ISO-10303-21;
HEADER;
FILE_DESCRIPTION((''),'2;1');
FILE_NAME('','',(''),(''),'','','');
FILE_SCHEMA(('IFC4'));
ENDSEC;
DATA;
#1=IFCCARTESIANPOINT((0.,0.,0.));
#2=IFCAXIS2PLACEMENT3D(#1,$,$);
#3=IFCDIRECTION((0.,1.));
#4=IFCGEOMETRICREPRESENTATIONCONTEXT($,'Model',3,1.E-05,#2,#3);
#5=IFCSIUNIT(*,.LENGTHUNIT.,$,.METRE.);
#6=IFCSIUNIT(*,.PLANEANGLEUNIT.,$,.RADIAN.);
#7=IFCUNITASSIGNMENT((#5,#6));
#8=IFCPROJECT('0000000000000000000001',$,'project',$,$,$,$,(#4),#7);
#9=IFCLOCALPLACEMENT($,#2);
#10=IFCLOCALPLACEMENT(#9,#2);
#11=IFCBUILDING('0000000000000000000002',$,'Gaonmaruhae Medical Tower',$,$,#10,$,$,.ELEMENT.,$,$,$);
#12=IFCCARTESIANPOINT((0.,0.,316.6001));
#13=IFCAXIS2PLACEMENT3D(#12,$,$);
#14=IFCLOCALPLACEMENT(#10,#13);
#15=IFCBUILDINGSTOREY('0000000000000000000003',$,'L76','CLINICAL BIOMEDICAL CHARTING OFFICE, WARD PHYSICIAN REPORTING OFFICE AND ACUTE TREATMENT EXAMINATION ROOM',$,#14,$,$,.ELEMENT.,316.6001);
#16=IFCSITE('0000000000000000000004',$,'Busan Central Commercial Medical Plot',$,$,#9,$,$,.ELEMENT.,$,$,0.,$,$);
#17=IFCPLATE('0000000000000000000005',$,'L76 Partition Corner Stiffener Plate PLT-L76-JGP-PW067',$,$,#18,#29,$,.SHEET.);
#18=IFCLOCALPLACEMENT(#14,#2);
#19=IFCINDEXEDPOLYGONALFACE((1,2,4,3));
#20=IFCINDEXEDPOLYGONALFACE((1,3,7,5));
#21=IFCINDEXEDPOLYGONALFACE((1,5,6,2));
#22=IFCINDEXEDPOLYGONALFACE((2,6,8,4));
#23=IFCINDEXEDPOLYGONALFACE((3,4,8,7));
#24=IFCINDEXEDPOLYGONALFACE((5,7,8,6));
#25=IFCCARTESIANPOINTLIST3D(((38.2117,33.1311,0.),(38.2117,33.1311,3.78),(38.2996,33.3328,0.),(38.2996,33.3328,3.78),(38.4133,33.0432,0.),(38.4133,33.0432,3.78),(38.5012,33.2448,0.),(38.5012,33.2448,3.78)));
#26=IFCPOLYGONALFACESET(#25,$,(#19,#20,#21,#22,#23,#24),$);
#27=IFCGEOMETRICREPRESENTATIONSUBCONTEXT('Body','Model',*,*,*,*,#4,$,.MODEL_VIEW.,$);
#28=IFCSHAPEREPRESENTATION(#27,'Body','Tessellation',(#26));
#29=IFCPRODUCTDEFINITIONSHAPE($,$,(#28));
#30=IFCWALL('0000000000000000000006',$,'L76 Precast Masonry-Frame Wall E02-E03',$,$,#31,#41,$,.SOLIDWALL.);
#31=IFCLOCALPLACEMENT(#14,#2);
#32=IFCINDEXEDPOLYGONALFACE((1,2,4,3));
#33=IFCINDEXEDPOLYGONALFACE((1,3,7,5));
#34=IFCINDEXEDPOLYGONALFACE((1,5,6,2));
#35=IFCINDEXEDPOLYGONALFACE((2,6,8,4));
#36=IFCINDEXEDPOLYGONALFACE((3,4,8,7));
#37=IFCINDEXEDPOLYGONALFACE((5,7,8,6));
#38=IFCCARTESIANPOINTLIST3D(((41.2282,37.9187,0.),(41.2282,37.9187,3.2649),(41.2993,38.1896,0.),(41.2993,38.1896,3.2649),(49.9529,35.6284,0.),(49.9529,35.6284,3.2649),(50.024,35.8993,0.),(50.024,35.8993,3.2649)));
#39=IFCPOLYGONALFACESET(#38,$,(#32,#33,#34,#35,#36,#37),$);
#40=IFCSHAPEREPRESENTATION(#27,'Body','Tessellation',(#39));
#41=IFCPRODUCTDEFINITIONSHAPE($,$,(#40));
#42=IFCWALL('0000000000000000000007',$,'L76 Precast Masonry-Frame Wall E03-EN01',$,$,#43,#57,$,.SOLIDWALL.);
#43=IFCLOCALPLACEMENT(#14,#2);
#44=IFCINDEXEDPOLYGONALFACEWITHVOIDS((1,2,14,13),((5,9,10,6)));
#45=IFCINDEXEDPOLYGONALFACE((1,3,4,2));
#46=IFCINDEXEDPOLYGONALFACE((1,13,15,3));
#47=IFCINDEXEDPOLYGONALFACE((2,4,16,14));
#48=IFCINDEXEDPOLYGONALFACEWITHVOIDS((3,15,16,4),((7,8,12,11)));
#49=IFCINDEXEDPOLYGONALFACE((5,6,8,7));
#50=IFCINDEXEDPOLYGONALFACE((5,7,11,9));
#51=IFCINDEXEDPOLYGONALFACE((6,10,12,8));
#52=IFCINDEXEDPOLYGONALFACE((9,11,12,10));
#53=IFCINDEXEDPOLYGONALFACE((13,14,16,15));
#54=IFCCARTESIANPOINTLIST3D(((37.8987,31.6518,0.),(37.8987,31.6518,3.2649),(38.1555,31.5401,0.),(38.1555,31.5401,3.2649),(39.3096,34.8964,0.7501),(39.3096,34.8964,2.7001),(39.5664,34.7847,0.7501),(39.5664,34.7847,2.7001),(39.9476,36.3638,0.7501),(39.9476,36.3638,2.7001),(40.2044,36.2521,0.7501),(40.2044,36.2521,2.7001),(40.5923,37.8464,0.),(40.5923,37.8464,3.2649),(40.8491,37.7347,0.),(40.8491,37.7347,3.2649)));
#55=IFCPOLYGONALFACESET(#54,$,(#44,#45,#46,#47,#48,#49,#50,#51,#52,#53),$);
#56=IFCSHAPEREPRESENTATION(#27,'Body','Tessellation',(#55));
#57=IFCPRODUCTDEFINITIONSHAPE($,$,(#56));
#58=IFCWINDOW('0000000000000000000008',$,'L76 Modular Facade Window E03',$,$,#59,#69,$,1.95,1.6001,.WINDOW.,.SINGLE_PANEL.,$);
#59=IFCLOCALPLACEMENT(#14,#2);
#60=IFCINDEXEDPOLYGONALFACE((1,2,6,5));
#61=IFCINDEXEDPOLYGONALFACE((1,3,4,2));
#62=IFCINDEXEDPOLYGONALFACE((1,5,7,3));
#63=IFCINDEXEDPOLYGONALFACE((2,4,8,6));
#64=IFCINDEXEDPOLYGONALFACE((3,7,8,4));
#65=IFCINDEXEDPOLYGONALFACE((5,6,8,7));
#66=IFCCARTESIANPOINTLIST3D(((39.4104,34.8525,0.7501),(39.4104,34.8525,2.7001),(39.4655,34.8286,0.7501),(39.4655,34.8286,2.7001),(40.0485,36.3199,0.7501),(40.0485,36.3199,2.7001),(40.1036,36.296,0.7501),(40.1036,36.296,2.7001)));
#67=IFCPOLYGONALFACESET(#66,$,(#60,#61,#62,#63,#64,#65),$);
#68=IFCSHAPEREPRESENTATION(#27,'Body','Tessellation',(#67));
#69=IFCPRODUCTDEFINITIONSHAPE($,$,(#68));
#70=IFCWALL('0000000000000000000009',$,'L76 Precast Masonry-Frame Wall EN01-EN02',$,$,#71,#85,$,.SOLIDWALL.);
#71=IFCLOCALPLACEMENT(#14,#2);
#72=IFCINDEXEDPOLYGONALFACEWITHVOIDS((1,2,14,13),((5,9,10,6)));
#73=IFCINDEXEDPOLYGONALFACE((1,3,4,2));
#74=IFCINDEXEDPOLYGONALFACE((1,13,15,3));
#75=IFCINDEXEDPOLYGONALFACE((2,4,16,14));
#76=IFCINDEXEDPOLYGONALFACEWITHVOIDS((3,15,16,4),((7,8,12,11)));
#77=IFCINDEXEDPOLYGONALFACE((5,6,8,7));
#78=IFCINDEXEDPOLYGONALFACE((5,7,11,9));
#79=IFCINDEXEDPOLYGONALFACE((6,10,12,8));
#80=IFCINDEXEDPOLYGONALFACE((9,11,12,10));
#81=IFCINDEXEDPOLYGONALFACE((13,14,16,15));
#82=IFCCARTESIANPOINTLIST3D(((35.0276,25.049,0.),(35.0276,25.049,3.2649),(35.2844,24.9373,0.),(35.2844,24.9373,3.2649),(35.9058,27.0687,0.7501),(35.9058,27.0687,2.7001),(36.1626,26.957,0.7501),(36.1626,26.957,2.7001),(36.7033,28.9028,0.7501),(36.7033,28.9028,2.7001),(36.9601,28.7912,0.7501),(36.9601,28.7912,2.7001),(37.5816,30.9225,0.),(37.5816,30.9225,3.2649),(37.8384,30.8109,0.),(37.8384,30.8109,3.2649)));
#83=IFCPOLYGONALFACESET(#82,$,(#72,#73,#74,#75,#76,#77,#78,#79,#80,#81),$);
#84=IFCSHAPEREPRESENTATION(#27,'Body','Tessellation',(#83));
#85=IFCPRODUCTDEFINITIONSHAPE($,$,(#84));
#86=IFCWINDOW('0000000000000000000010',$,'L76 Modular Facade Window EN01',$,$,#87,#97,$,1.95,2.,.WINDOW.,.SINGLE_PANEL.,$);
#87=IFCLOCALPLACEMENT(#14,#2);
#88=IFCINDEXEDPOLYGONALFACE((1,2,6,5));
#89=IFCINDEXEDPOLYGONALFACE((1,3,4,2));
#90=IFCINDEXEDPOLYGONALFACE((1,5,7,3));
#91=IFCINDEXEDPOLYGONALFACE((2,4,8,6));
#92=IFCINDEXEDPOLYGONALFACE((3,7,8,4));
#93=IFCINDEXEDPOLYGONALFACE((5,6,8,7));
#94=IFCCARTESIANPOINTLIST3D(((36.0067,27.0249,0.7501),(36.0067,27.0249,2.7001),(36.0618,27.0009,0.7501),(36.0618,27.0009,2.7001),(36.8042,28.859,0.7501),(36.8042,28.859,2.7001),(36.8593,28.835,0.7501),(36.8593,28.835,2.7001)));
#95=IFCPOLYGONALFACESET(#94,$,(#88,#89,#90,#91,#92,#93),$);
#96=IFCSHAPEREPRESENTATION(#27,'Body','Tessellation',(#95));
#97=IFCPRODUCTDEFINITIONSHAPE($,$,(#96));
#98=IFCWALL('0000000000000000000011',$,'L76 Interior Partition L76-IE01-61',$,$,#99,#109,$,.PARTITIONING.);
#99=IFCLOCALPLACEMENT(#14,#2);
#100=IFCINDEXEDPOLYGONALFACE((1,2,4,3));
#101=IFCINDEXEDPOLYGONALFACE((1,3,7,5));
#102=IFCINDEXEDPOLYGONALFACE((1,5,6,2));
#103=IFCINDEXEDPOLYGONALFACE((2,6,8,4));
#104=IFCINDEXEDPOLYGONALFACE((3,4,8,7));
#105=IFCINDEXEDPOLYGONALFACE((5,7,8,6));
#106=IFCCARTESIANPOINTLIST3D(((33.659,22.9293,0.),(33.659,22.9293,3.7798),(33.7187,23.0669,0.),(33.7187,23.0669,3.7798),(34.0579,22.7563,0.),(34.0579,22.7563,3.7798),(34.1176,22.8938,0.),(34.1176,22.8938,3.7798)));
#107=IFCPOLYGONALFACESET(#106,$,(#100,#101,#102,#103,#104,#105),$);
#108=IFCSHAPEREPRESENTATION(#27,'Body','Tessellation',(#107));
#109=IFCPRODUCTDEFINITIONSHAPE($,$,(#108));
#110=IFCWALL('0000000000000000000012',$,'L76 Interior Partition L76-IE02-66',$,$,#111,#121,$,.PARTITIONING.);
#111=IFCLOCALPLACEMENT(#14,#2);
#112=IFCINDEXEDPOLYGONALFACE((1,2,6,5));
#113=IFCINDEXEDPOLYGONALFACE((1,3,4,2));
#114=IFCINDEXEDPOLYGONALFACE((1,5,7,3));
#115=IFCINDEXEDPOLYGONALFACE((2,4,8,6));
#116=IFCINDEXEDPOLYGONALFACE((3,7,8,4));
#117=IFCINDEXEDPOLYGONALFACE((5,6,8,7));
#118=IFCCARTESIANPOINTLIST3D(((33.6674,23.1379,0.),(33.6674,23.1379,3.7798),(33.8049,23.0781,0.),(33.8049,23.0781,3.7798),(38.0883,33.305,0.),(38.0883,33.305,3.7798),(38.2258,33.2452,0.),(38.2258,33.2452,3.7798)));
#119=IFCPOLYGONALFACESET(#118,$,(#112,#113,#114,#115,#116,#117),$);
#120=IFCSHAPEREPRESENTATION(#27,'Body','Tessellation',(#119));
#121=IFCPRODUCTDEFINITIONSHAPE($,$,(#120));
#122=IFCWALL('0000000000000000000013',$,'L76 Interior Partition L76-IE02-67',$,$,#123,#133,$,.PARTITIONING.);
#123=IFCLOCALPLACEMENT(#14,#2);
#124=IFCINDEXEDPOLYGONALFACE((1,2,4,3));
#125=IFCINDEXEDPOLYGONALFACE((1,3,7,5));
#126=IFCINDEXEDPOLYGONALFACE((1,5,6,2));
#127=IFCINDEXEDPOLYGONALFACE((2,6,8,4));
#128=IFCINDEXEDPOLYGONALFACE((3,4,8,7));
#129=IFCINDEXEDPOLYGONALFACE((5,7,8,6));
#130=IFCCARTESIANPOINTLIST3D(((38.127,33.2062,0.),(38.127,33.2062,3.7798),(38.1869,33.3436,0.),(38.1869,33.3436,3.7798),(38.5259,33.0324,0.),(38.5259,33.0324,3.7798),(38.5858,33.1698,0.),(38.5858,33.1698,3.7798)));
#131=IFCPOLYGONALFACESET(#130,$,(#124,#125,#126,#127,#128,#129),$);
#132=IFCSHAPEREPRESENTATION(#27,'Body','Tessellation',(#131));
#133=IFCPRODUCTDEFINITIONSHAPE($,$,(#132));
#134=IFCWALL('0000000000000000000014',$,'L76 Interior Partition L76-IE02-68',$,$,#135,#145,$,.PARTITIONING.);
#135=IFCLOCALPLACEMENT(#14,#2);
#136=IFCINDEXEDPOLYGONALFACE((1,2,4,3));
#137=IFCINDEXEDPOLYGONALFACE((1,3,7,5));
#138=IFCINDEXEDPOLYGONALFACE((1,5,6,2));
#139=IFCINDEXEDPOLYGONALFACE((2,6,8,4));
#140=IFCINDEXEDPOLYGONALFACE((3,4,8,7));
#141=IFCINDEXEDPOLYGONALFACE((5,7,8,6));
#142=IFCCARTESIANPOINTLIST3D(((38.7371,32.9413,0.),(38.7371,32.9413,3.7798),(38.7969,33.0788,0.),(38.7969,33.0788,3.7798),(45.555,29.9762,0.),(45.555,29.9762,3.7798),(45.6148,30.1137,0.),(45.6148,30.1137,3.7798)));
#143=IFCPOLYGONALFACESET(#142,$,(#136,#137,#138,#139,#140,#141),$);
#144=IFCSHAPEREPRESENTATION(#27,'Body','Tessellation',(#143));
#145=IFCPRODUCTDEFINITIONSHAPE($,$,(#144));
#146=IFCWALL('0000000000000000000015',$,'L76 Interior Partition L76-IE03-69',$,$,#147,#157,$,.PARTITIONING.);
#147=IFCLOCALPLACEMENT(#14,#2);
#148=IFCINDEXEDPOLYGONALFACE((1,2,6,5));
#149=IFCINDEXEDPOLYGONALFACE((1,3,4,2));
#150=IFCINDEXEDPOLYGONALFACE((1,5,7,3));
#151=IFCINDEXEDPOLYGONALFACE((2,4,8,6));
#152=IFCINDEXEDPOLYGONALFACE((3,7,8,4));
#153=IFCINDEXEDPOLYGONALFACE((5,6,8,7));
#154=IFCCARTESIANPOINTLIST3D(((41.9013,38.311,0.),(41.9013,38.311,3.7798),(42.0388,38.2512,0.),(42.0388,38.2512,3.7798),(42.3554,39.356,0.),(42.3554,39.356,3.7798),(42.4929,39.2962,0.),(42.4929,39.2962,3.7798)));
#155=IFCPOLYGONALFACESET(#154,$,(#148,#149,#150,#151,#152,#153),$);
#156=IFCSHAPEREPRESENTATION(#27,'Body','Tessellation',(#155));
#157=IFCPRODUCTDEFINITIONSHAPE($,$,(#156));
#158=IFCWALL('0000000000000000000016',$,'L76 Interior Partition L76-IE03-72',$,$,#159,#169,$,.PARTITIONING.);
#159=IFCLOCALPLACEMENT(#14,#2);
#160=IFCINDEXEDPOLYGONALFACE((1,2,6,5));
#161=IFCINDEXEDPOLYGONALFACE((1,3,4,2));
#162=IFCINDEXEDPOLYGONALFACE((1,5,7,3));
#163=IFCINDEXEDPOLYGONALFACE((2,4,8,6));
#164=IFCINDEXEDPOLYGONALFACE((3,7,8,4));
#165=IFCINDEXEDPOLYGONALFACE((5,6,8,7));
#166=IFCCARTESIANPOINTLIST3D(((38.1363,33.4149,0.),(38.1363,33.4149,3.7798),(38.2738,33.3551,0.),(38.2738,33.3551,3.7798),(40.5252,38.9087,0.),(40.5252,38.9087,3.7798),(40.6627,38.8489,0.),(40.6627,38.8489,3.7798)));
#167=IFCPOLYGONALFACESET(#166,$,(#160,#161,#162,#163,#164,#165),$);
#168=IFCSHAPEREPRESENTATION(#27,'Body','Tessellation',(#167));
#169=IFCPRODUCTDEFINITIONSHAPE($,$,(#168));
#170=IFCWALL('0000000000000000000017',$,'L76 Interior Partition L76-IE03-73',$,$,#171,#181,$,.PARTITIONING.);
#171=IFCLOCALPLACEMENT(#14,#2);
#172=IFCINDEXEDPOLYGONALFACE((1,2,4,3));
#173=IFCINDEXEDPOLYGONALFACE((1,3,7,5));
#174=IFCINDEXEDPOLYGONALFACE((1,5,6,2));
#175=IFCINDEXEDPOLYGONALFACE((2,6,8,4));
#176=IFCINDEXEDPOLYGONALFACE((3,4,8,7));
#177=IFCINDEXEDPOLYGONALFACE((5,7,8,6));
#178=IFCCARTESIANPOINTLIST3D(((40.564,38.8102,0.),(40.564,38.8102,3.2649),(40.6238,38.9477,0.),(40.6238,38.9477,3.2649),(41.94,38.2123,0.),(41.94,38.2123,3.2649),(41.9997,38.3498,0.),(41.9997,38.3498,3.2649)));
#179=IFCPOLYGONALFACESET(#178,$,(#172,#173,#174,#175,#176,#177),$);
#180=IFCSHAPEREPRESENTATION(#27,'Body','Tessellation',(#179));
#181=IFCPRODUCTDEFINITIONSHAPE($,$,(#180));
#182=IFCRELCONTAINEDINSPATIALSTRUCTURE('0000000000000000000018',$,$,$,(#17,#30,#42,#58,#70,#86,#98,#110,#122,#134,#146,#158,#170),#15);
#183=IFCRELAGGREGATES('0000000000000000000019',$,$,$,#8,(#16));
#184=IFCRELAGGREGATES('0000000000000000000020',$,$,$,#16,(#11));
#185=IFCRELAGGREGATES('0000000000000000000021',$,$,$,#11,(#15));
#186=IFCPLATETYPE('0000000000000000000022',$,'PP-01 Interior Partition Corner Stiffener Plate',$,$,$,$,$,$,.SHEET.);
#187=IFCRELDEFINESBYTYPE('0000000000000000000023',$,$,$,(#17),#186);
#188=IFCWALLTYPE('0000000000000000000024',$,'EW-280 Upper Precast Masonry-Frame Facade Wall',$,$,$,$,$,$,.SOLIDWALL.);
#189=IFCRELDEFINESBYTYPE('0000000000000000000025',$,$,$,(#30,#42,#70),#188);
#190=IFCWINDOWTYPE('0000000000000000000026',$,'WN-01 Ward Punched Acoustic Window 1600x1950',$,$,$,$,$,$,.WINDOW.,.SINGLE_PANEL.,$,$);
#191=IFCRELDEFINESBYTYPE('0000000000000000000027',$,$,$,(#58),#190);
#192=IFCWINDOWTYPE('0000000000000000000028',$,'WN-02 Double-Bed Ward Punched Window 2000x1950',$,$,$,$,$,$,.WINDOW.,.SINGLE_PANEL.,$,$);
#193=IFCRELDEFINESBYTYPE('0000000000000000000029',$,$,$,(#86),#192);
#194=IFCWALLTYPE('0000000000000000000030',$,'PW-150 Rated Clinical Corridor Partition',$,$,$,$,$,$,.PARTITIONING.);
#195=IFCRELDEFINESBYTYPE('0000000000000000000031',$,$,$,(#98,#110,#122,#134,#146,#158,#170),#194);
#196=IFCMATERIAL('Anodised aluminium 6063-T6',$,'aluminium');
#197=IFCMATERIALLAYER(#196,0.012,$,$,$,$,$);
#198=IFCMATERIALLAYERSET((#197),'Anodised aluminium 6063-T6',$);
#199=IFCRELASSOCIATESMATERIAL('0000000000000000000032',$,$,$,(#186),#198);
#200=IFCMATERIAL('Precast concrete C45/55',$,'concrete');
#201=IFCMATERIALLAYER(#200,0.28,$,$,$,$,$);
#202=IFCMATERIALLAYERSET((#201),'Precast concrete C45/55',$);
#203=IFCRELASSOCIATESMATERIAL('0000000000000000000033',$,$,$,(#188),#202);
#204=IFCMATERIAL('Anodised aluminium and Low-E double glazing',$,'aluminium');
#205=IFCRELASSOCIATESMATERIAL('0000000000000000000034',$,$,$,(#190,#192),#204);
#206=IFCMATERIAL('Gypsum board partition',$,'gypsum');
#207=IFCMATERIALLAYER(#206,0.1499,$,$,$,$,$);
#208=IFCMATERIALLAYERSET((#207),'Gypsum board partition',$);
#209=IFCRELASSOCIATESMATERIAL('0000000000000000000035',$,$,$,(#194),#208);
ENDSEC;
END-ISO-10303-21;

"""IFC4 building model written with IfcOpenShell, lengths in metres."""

from ifc_helpers import new_model, si_unit, direction, frame, frame_2d, origin, origin_2d, place, context, subcontext, project, spatial, rectangle, extrude, material, layer, layer_set, type_object, element, fill, save


model = new_model("IFC4")

# Units and contexts
model_context = context("Model", 3, precision=1e-05, world=origin(), true_north=direction((0.0, 1.0)))
body_context = subcontext(model_context, "Body", "Model", "MODEL_VIEW")
ifc_project = project(units=[si_unit("LENGTHUNIT", "METRE"), si_unit("PLANEANGLEUNIT", "RADIAN")], contexts=[model_context])

# Site, building, storey
site_placement = place(None, origin())
site = spatial("IfcSite", under=ifc_project, at=site_placement, Name="Busan Central Commercial Medical Plot", CompositionType="ELEMENT", RefElevation=0.0)
building_placement = place(site_placement, origin())
building = spatial("IfcBuilding", under=site, at=building_placement, Name="Gaonmaruhae Medical Tower", CompositionType="ELEMENT")
storey_placement = place(building_placement, frame((0.0, 0.0, 316.6001)))
storey = spatial("IfcBuildingStorey", under=building, at=storey_placement, Name="L76", Description="CLINICAL BIOMEDICAL CHARTING OFFICE, WARD PHYSICIAN REPORTING OFFICE AND ACUTE TREATMENT EXAMINATION ROOM", CompositionType="ELEMENT", Elevation=316.6001)

# Plate
ifc_material_1 = material(Name="Anodised aluminium 6063-T6", Category="aluminium")
ifc_layer_1 = layer(ifc_material_1, 0.012)
ifc_layer_set_1 = layer_set([ifc_layer_1], Name="Anodised aluminium 6063-T6")
plate_type = type_object("IfcPlateType", Name="PP-01 Interior Partition Corner Stiffener Plate", PredefinedType="SHEET", material=ifc_layer_set_1)
for number, where, z_axis, x_axis, name in (
    (1, (38.3564, 33.188, 0.0), (0.0, 0.0, 1.0), (0.916628, -0.399741, 0.0), "L76 Partition Corner Stiffener Plate PLT-L76-JGP-PW067"),
):
    element("IfcPlate", number, at=place(storey_placement, frame(where, z_axis=z_axis, x_axis=x_axis)), inside=storey, type_object=plate_type, Name=name, PredefinedType="SHEET", context=body_context, shape_type="SweptSolid", body=[
        extrude(rectangle(XDim=0.22, YDim=0.22, at=origin_2d()), origin(), (0.0, 0.0, 1.0), 3.78),
    ])

# Wall
ifc_material_2 = material(Name="Precast concrete C45/55", Category="concrete")
ifc_layer_2 = layer(ifc_material_2, 0.28)
ifc_layer_set_2 = layer_set([ifc_layer_2], Name="Precast concrete C45/55")
wall_type_1 = type_object("IfcWallType", Name="EW-280 Upper Precast Masonry-Frame Facade Wall", PredefinedType="SOLIDWALL", material=ifc_layer_set_2)
wall_1_placement = place(storey_placement, frame((41.2637, 38.0542, 0.0), z_axis=(0.0, 0.0, 1.0), x_axis=(0.967229, -0.253906, 0.0)))
element("IfcWall", 2, at=wall_1_placement, inside=storey, type_object=wall_type_1, Name="L76 Precast Masonry-Frame Wall E02-E03", PredefinedType="SOLIDWALL", context=body_context, shape_type="SweptSolid", body=[
    extrude(rectangle(XDim=9.0203, YDim=0.28, at=frame_2d((4.5103, 0.0))), origin(), (0.0, 0.0, 1.0), 3.2649),
])

# Walls, openings, windows
wall_2_placement = place(storey_placement, frame((38.0271, 31.5959, 0.0), z_axis=(0.0, 0.0, 1.0), x_axis=(0.398764, 0.917053, 0.0)))
wall_2 = element("IfcWall", 3, at=wall_2_placement, inside=storey, type_object=wall_type_1, Name="L76 Precast Masonry-Frame Wall E03-EN01", PredefinedType="SOLIDWALL", context=body_context, shape_type="SweptSolid", body=[
    extrude(rectangle(XDim=6.7549, YDim=0.28, at=frame_2d((3.3774, 0.0))), origin(), (0.0, 0.0, 1.0), 3.2649),
])
opening_1_placement = place(wall_2_placement, frame((3.5381, 0.0, 0.75)))
opening_1 = element("IfcOpeningElement", 4, at=opening_1_placement, cuts=wall_2, PredefinedType="OPENING", context=body_context, shape_type="SweptSolid", body=[
    extrude(rectangle(XDim=1.6001, YDim=1.95, at=frame_2d((0.8, 0.9751))), frame((0.0, 0.1499, 0.0), z_axis=(0.0, -1.0, 0.0), x_axis=(1.0, 0.0, 0.0)), (0.0, 0.0, 1.0), 0.3),
])
ifc_material_3 = material(Name="Anodised aluminium and Low-E double glazing", Category="aluminium")
window_type_1 = type_object("IfcWindowType", Name="WN-01 Ward Punched Acoustic Window 1600x1950", PartitioningType="SINGLE_PANEL", PredefinedType="WINDOW", material=ifc_material_3)
window_1_placement = place(opening_1_placement, origin())
window_1 = element("IfcWindow", 5, at=window_1_placement, inside=storey, type_object=window_type_1, Name="L76 Modular Facade Window E03", OverallHeight=1.95, OverallWidth=1.6001, PartitioningType="SINGLE_PANEL", PredefinedType="WINDOW", context=body_context, shape_type="SweptSolid", body=[
    extrude(rectangle(XDim=1.6001, YDim=1.95, at=frame_2d((0.8, 0.9751))), frame((0.0, 0.03, 0.0), z_axis=(0.0, -1.0, 0.0), x_axis=(1.0, 0.0, 0.0)), (0.0, 0.0, 1.0), 0.0601),
])
fill(opening_1, window_1)
wall_3_placement = place(storey_placement, frame((35.156, 24.9932, 0.0), z_axis=(0.0, 0.0, 1.0), x_axis=(0.398758, 0.917056, 0.0)))
wall_3 = element("IfcWall", 6, at=wall_3_placement, inside=storey, type_object=wall_type_1, Name="L76 Precast Masonry-Frame Wall EN01-EN02", PredefinedType="SOLIDWALL", context=body_context, shape_type="SweptSolid", body=[
    extrude(rectangle(XDim=6.4048, YDim=0.28, at=frame_2d((3.2024, 0.0))), origin(), (0.0, 0.0, 1.0), 3.2649),
])
opening_2_placement = place(wall_3_placement, frame((2.2024, 0.0, 0.75)))
opening_2 = element("IfcOpeningElement", 7, at=opening_2_placement, cuts=wall_3, PredefinedType="OPENING", context=body_context, shape_type="SweptSolid", body=[
    extrude(rectangle(XDim=2.0, YDim=1.95, at=frame_2d((1.0, 0.9751))), frame((0.0, 0.1499, 0.0), z_axis=(0.0, -1.0, 0.0), x_axis=(1.0, 0.0, 0.0)), (0.0, 0.0, 1.0), 0.3),
])
window_type_2 = type_object("IfcWindowType", Name="WN-02 Double-Bed Ward Punched Window 2000x1950", PartitioningType="SINGLE_PANEL", PredefinedType="WINDOW", material=ifc_material_3)
window_2_placement = place(opening_2_placement, origin())
window_2 = element("IfcWindow", 8, at=window_2_placement, inside=storey, type_object=window_type_2, Name="L76 Modular Facade Window EN01", OverallHeight=1.95, OverallWidth=2.0, PartitioningType="SINGLE_PANEL", PredefinedType="WINDOW", context=body_context, shape_type="SweptSolid", body=[
    extrude(rectangle(XDim=2.0, YDim=1.95, at=frame_2d((1.0, 0.9751))), frame((0.0, 0.03, 0.0), z_axis=(0.0, -1.0, 0.0), x_axis=(1.0, 0.0, 0.0)), (0.0, 0.0, 1.0), 0.0601),
])
fill(opening_2, window_2)

# Walls
ifc_material_4 = material(Name="Gypsum board partition", Category="gypsum")
ifc_layer_3 = layer(ifc_material_4, 0.1499)
ifc_layer_set_3 = layer_set([ifc_layer_3], Name="Gypsum board partition")
wall_type_2 = type_object("IfcWallType", Name="PW-150 Rated Clinical Corridor Partition", PredefinedType="PARTITIONING", material=ifc_layer_set_3)
wall_4_placement = place(storey_placement, frame((33.689, 22.998, 0.0), z_axis=(0.0, 0.0, 1.0), x_axis=(0.917364, -0.398049, 0.0)))
element("IfcWall", 9, at=wall_4_placement, inside=storey, type_object=wall_type_2, Name="L76 Interior Partition L76-IE01-61", PredefinedType="PARTITIONING", context=body_context, shape_type="SweptSolid", body=[
    extrude(rectangle(XDim=0.4348, YDim=0.1499, at=frame_2d((0.2173, 0.0))), origin(), (0.0, 0.0, 1.0), 3.7798),
])
wall_5_placement = place(storey_placement, frame((33.7361, 23.1079, 0.0), z_axis=(0.0, 0.0, 1.0), x_axis=(0.398762, 0.917055, 0.0)))
element("IfcWall", 10, at=wall_5_placement, inside=storey, type_object=wall_type_2, Name="L76 Interior Partition L76-IE02-66", PredefinedType="PARTITIONING", context=body_context, shape_type="SweptSolid", body=[
    extrude(rectangle(XDim=11.0867, YDim=0.1499, at=frame_2d((5.5435, 0.0))), origin(), (0.0, 0.0, 1.0), 3.7798),
])
wall_6_placement = place(storey_placement, frame((38.157, 33.2749, 0.0), z_axis=(0.0, 0.0, 1.0), x_axis=(0.916749, -0.399465, 0.0)))
element("IfcWall", 11, at=wall_6_placement, inside=storey, type_object=wall_type_2, Name="L76 Interior Partition L76-IE02-67", PredefinedType="PARTITIONING", context=body_context, shape_type="SweptSolid", body=[
    extrude(rectangle(XDim=0.4351, YDim=0.1499, at=frame_2d((0.2175, 0.0))), origin(), (0.0, 0.0, 1.0), 3.7798),
])
wall_7_placement = place(storey_placement, frame((38.7671, 33.01, 0.0), z_axis=(0.0, 0.0, 1.0), x_axis=(0.917031, -0.398816, 0.0)))
element("IfcWall", 12, at=wall_7_placement, inside=storey, type_object=wall_type_2, Name="L76 Interior Partition L76-IE02-68", PredefinedType="PARTITIONING", context=body_context, shape_type="SweptSolid", body=[
    extrude(rectangle(XDim=7.4348, YDim=0.1499, at=frame_2d((3.7173, 0.0))), origin(), (0.0, 0.0, 1.0), 3.7798),
])
wall_8_placement = place(storey_placement, frame((41.97, 38.281, 0.0), z_axis=(0.0, 0.0, 1.0), x_axis=(0.398569, 0.917138, 0.0)))
element("IfcWall", 13, at=wall_8_placement, inside=storey, type_object=wall_type_2, Name="L76 Interior Partition L76-IE03-69", PredefinedType="PARTITIONING", context=body_context, shape_type="SweptSolid", body=[
    extrude(rectangle(XDim=1.1394, YDim=0.1499, at=frame_2d((0.5698, 0.0))), origin(), (0.0, 0.0, 1.0), 3.7798),
])
wall_9_placement = place(storey_placement, frame((38.2051, 33.385, 0.0), z_axis=(0.0, 0.0, 1.0), x_axis=(0.398763, 0.917054, 0.0)))
element("IfcWall", 14, at=wall_9_placement, inside=storey, type_object=wall_type_2, Name="L76 Interior Partition L76-IE03-72", PredefinedType="PARTITIONING", context=body_context, shape_type="SweptSolid", body=[
    extrude(rectangle(XDim=5.9907, YDim=0.1499, at=frame_2d((2.9954, 0.0))), origin(), (0.0, 0.0, 1.0), 3.7798),
])
wall_10_placement = place(storey_placement, frame((40.594, 38.8789, 0.0), z_axis=(0.0, 0.0, 1.0), x_axis=(0.917155, -0.39853, 0.0)))
element("IfcWall", 15, at=wall_10_placement, inside=storey, type_object=wall_type_2, Name="L76 Interior Partition L76-IE03-73", PredefinedType="PARTITIONING", context=body_context, shape_type="SweptSolid", body=[
    extrude(rectangle(XDim=1.5002, YDim=0.1499, at=frame_2d((0.75, 0.0))), origin(), (0.0, 0.0, 1.0), 3.2649),
])

save(model, "model.ifc")
